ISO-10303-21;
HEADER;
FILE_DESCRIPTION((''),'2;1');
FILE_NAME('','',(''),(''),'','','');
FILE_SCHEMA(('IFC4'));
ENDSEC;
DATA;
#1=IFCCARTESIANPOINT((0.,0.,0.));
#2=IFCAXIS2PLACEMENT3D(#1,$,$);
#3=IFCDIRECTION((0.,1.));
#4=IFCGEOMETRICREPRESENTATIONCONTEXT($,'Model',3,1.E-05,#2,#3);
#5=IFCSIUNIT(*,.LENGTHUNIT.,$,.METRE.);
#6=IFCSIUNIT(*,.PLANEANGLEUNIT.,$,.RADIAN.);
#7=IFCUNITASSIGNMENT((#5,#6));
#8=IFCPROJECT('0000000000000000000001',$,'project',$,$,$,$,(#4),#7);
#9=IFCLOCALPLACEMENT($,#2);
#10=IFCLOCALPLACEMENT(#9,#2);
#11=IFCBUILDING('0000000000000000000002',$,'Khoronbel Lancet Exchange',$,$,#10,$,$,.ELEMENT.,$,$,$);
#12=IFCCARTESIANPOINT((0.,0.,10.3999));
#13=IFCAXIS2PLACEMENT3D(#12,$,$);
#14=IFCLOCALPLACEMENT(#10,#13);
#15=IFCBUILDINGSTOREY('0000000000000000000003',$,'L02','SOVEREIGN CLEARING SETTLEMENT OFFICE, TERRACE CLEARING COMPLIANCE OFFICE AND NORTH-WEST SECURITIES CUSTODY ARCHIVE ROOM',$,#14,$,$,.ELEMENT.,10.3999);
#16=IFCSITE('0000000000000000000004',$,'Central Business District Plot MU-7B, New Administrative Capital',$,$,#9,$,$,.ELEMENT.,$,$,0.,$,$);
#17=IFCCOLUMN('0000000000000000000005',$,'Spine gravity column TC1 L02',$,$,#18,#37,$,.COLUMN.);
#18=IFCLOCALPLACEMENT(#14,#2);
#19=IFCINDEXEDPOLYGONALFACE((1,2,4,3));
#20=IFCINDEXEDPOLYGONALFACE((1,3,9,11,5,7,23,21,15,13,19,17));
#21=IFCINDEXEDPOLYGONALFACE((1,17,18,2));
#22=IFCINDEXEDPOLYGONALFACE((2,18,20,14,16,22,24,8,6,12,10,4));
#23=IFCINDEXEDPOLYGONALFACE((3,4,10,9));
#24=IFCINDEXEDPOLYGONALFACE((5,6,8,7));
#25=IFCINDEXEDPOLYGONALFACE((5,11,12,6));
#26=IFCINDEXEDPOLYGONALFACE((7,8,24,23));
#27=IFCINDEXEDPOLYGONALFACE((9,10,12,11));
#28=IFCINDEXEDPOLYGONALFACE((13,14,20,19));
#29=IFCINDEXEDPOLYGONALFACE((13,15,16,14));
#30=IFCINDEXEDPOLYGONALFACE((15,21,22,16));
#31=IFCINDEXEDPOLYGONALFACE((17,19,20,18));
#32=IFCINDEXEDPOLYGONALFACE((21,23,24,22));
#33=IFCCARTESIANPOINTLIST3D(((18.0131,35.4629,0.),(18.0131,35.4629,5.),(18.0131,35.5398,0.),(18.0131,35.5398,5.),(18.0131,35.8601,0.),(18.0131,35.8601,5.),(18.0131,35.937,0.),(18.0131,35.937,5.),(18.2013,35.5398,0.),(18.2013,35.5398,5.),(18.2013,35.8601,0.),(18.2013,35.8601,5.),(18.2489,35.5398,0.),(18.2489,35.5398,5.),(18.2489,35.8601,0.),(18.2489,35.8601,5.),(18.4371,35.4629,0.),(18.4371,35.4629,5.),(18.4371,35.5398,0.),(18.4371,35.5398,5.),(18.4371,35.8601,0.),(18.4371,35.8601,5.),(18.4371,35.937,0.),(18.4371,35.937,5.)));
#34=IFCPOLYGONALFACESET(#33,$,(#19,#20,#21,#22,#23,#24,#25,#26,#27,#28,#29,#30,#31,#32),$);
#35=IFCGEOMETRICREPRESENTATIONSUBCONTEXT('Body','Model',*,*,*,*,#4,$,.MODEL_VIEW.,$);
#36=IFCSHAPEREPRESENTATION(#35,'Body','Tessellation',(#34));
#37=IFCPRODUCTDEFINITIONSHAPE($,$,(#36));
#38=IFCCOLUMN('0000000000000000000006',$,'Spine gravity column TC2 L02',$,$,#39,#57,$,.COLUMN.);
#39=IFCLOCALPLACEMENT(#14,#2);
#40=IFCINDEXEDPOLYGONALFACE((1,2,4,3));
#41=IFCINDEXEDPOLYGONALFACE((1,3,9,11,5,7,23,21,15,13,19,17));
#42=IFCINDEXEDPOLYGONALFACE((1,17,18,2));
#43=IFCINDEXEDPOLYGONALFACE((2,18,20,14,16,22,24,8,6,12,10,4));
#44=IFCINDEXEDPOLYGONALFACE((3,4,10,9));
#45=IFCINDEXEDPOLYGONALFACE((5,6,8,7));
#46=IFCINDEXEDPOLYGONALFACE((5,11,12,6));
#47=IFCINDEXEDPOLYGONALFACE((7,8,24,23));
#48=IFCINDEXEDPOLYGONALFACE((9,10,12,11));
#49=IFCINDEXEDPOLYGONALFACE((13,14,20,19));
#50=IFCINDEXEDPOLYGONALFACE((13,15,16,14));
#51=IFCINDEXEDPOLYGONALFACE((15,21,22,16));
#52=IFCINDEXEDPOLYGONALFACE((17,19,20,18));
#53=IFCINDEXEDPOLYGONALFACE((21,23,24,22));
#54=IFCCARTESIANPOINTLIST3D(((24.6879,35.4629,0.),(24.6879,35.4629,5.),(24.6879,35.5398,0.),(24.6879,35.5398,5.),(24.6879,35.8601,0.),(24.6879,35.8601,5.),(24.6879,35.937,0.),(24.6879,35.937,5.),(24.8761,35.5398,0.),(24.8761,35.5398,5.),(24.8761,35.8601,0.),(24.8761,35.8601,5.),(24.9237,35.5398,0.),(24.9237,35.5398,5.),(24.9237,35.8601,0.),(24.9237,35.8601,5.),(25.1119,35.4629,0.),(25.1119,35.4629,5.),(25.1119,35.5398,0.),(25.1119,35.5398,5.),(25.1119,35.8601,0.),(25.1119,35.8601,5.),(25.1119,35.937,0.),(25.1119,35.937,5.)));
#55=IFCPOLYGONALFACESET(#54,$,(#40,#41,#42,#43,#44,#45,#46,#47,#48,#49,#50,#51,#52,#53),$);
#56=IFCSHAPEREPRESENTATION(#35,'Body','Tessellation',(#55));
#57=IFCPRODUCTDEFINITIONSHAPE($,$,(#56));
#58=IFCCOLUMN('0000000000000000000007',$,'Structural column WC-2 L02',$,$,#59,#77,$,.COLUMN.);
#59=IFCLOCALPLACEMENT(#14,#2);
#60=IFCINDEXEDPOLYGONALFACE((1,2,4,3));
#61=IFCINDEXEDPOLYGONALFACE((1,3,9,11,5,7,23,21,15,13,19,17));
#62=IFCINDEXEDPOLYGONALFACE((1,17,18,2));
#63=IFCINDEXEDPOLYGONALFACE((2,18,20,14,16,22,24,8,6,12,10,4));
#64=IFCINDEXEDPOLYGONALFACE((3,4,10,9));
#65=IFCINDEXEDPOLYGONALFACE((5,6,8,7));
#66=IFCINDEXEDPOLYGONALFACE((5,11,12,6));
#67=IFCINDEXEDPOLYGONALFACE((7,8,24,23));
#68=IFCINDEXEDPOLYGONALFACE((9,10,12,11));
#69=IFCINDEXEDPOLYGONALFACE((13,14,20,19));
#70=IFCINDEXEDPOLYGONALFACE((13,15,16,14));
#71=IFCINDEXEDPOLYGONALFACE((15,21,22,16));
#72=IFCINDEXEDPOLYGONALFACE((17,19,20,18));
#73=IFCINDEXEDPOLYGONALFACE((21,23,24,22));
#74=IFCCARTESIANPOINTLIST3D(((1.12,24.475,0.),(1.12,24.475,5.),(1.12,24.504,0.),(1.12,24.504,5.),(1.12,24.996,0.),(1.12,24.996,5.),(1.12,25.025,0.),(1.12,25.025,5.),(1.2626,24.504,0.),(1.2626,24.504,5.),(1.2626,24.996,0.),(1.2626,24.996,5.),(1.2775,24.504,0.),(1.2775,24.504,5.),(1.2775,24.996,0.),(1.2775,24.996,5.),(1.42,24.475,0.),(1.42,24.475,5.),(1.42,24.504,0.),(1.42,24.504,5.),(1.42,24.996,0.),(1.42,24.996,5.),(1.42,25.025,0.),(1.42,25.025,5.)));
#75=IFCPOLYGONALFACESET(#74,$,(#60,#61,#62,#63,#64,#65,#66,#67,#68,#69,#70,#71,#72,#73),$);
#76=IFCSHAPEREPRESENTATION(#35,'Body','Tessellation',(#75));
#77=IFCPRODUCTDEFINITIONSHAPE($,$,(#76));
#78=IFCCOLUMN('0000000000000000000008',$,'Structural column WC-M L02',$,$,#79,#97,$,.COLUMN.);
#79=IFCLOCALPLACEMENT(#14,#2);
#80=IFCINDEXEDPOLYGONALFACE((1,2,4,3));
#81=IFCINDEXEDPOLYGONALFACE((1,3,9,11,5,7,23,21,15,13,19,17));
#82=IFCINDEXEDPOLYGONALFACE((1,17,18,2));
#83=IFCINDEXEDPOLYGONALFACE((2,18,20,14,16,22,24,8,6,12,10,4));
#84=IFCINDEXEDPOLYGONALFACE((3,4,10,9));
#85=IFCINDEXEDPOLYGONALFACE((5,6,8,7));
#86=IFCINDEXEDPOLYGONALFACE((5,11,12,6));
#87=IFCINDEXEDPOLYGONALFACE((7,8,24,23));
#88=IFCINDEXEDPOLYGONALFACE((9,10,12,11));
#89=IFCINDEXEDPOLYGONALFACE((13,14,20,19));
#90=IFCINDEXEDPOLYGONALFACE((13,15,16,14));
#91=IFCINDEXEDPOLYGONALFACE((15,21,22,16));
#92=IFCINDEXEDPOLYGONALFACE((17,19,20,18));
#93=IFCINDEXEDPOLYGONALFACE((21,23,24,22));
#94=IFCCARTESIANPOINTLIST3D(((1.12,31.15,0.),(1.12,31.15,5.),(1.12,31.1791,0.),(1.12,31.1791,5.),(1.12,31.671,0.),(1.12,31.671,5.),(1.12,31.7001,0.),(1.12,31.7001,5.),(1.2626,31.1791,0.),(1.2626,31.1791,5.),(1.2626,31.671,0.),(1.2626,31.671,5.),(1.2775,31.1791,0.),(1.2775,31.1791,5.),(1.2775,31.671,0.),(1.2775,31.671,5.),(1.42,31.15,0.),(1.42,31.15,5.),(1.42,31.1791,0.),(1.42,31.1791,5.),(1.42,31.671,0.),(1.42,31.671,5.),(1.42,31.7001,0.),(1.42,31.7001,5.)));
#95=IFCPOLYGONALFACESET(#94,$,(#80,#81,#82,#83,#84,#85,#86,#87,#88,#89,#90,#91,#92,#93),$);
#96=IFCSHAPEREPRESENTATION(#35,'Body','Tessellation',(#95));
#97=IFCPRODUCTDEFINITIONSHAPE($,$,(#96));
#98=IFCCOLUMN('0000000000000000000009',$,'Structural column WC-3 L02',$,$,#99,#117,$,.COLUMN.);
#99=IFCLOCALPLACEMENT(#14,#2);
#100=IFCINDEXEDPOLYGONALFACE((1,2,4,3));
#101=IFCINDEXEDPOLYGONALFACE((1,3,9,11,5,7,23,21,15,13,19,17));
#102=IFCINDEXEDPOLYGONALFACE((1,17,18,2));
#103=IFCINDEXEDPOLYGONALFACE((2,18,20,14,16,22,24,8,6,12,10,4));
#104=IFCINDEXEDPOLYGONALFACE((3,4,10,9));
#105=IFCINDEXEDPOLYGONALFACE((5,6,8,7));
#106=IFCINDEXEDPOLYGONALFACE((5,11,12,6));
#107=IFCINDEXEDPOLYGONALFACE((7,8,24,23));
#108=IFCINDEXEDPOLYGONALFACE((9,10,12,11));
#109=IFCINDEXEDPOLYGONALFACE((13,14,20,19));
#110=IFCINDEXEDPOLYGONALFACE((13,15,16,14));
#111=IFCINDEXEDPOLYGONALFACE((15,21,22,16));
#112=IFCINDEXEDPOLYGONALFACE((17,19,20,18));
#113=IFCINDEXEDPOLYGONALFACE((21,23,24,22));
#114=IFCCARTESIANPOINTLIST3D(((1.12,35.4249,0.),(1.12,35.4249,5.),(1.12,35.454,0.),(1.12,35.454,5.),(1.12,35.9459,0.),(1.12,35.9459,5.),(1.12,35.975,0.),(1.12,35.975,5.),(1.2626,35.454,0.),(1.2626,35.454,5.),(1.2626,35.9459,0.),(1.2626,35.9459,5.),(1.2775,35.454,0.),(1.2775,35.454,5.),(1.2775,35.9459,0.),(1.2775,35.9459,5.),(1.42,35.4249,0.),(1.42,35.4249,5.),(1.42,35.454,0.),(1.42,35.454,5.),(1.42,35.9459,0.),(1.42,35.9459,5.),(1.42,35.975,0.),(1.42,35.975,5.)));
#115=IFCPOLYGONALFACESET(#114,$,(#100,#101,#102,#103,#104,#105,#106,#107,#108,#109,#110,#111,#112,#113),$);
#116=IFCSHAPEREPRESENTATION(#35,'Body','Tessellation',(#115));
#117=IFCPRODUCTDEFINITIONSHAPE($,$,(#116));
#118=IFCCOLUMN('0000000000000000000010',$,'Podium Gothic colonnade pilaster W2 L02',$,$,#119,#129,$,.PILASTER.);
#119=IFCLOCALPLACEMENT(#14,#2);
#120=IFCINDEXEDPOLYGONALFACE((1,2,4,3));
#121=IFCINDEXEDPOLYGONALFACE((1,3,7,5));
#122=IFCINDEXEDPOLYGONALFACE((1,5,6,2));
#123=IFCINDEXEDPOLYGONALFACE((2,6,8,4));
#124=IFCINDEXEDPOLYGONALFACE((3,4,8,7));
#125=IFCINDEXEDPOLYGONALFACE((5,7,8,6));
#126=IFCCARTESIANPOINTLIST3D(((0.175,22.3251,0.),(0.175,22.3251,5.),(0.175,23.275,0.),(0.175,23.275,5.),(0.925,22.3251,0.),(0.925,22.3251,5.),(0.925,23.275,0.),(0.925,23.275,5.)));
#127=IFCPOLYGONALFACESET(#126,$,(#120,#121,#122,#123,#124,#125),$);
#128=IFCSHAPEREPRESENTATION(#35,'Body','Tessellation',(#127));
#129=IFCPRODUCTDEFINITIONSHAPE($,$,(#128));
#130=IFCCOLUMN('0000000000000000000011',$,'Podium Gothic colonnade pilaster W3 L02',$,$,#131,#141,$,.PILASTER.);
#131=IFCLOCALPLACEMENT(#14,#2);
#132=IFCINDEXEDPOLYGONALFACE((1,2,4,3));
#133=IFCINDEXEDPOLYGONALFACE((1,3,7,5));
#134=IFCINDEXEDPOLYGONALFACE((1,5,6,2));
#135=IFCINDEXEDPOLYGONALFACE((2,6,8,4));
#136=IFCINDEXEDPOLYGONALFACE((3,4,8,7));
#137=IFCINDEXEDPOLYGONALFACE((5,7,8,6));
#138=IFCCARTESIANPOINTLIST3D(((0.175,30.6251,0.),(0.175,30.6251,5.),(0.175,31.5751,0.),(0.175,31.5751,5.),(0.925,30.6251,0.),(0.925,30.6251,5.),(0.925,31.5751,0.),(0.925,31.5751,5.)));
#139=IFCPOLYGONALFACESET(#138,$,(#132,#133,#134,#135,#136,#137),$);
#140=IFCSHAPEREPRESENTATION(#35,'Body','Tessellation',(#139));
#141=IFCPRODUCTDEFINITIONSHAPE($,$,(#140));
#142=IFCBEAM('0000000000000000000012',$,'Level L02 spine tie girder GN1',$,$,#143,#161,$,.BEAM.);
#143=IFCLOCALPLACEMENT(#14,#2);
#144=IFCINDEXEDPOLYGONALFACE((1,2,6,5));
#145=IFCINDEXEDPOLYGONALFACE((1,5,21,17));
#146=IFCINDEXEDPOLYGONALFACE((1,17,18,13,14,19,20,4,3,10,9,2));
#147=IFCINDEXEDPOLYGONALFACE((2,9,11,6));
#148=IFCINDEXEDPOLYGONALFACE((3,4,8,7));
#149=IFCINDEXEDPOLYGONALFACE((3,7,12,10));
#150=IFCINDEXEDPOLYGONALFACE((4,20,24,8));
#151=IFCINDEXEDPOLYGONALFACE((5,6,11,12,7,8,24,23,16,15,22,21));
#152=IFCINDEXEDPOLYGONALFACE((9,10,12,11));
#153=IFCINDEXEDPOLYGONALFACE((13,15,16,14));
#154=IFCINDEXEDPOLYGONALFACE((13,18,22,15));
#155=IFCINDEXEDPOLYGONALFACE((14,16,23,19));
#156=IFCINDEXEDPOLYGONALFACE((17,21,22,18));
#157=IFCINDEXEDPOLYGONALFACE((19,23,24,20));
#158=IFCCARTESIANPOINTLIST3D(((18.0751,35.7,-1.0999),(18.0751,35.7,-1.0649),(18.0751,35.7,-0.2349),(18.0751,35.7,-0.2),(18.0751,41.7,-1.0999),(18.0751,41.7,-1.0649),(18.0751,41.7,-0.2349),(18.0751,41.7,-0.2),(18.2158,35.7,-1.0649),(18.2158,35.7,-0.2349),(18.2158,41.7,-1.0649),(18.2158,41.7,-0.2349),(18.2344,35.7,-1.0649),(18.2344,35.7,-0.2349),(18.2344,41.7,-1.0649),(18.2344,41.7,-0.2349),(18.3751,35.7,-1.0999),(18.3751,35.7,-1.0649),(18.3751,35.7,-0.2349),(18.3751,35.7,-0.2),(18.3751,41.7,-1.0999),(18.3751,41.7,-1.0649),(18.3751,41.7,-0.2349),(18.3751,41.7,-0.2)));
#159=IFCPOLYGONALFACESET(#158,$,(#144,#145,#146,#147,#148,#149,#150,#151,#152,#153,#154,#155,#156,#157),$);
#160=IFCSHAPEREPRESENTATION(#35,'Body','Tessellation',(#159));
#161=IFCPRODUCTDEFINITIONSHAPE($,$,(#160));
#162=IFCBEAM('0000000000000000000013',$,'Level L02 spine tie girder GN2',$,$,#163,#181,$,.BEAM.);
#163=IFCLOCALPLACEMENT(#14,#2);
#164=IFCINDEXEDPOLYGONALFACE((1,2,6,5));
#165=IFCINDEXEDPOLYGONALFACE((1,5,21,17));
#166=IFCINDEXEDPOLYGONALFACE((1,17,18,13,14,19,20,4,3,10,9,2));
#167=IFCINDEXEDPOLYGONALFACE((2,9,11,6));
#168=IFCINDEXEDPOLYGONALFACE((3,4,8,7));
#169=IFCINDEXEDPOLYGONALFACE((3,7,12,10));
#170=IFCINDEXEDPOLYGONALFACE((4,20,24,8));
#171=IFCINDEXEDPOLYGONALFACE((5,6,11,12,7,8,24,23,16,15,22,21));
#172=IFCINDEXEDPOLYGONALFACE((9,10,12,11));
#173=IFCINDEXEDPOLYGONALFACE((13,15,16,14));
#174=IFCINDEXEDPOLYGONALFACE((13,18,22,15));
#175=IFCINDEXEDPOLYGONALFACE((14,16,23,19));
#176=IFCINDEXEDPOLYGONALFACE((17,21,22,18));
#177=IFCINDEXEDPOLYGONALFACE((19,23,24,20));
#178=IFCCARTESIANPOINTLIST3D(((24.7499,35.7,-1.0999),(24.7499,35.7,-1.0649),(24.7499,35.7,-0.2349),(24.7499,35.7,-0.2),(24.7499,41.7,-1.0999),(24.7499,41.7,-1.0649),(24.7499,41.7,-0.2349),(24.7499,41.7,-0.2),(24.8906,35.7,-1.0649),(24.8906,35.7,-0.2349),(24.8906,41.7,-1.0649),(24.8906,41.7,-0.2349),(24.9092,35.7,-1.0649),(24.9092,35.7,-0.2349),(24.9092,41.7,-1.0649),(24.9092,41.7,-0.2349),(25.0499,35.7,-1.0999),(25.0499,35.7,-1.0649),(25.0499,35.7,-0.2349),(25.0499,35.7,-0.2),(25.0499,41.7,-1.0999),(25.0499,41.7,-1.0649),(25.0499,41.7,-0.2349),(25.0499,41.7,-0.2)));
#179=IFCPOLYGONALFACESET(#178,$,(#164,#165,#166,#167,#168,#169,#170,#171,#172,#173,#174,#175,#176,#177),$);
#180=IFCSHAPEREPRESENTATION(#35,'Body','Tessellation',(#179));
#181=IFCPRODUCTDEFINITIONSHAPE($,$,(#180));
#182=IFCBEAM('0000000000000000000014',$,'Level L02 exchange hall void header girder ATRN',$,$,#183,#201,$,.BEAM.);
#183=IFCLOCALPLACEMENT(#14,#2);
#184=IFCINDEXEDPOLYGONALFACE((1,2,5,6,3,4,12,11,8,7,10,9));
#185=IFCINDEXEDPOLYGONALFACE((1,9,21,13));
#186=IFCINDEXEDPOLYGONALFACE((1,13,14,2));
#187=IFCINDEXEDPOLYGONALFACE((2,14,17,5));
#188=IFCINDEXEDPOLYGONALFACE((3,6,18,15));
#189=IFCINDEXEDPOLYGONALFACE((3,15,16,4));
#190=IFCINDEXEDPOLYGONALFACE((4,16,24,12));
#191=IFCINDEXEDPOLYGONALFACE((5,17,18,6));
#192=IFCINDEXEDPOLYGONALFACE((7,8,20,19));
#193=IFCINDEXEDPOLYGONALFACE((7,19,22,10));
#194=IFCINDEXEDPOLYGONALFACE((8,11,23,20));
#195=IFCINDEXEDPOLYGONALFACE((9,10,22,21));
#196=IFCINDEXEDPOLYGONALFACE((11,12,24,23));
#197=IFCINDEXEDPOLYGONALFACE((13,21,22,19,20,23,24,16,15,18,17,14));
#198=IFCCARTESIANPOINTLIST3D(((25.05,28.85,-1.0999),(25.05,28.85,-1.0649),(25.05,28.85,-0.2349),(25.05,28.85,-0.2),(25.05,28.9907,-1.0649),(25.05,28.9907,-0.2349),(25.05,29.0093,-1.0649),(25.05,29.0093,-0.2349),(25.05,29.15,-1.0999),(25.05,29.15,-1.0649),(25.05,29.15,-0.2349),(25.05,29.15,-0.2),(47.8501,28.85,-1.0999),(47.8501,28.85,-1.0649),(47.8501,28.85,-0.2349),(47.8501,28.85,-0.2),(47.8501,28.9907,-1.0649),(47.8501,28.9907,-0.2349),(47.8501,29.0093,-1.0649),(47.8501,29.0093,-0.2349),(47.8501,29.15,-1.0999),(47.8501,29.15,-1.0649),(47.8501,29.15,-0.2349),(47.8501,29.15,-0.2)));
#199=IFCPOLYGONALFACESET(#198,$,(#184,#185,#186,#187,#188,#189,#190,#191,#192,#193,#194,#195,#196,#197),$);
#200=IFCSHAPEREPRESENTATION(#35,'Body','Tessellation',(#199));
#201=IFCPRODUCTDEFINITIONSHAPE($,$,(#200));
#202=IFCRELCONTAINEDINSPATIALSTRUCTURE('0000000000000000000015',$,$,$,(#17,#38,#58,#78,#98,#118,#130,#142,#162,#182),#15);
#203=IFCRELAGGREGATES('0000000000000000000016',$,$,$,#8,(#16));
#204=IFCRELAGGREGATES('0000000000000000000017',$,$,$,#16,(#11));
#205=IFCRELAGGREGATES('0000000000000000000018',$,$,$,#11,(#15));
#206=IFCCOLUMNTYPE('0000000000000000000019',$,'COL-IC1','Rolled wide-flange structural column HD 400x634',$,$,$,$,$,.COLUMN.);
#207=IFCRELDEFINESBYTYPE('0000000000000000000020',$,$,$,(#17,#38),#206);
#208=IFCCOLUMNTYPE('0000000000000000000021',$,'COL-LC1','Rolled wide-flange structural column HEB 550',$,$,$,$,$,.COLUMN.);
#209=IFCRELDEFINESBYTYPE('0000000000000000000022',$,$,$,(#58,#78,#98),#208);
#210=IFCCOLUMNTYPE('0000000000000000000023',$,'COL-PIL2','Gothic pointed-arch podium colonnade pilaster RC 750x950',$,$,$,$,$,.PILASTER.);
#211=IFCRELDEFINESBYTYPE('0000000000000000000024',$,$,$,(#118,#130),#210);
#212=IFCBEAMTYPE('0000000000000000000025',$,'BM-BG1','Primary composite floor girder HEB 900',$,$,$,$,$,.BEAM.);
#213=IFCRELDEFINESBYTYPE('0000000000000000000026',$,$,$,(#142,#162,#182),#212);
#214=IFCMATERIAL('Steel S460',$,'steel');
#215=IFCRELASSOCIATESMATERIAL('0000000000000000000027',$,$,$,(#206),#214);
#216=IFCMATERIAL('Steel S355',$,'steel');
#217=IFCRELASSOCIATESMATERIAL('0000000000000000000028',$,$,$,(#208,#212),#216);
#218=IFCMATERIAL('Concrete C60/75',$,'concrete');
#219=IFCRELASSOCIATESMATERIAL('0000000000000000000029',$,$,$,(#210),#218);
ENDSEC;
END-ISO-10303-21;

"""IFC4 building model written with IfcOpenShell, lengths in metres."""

from ifc_helpers import new_model, si_unit, direction, frame, origin, origin_2d, place, context, subcontext, project, spatial, rectangle, i_section, extrude, material, material_profile, profile_set, type_object, element, save


model = new_model("IFC4")

# Units and contexts
model_context = context("Model", 3, precision=1e-05, world=origin(), true_north=direction((0.0, 1.0)))
body_context = subcontext(model_context, "Body", "Model", "MODEL_VIEW")
ifc_project = project(units=[si_unit("LENGTHUNIT", "METRE"), si_unit("PLANEANGLEUNIT", "RADIAN")], contexts=[model_context])

# Site, building, storey
site_placement = place(None, origin())
site = spatial("IfcSite", under=ifc_project, at=site_placement, Name="Central Business District Plot MU-7B, New Administrative Capital", CompositionType="ELEMENT", RefElevation=0.0)
building_placement = place(site_placement, origin())
building = spatial("IfcBuilding", under=site, at=building_placement, Name="Khoronbel Lancet Exchange", CompositionType="ELEMENT")
storey_placement = place(building_placement, frame((0.0, 0.0, 10.3999)))
storey = spatial("IfcBuildingStorey", under=building, at=storey_placement, Name="L02", Description="SOVEREIGN CLEARING SETTLEMENT OFFICE, TERRACE CLEARING COMPLIANCE OFFICE AND NORTH-WEST SECURITIES CUSTODY ARCHIVE ROOM", CompositionType="ELEMENT", Elevation=10.3999)

# Columns
ifc_material_1 = material(Name="Steel S460", Category="steel")
ifc_material_profile_1 = material_profile(ifc_material_1, i_section(OverallWidth=0.4241, OverallDepth=0.4741, WebThickness=0.0476, FlangeThickness=0.0769, at=origin_2d()), Name="HD 400x634")
ifc_profile_set_1 = profile_set([ifc_material_profile_1], Name="Steel S460")
column_type_1 = type_object("IfcColumnType", Name="COL-IC1", Description="Rolled wide-flange structural column HD 400x634", PredefinedType="COLUMN", material=ifc_profile_set_1)
for number, where, z_axis, x_axis, name in (
    (1, (18.2251, 35.7, 0.0), (0.0, 0.0, 1.0), (1.0, 0.0, 0.0), "Spine gravity column TC1 L02"),
    (2, (24.8999, 35.7, 0.0), (0.0, 0.0, 1.0), (1.0, 0.0, 0.0), "Spine gravity column TC2 L02"),
):
    element("IfcColumn", number, at=place(storey_placement, frame(where, z_axis=z_axis, x_axis=x_axis)), inside=storey, type_object=column_type_1, Name=name, PredefinedType="COLUMN", context=body_context, shape_type="SweptSolid", body=[
        extrude(i_section(OverallWidth=0.4241, OverallDepth=0.4741, WebThickness=0.0476, FlangeThickness=0.0769, at=origin_2d()), origin(), (0.0, 0.0, 1.0), 5.0),
    ])
ifc_material_2 = material(Name="Steel S355", Category="steel")
ifc_material_profile_2 = material_profile(ifc_material_2, i_section(OverallWidth=0.3, OverallDepth=0.55, WebThickness=0.0149, FlangeThickness=0.0291, at=origin_2d()), Name="HEB 550")
ifc_profile_set_2 = profile_set([ifc_material_profile_2], Name="Steel S355")
column_type_2 = type_object("IfcColumnType", Name="COL-LC1", Description="Rolled wide-flange structural column HEB 550", PredefinedType="COLUMN", material=ifc_profile_set_2)
for number, where, z_axis, x_axis, name in (
    (3, (1.27, 24.75, 0.0), (0.0, 0.0, 1.0), (1.0, 0.0, 0.0), "Structural column WC-2 L02"),
    (4, (1.27, 31.425, 0.0), (0.0, 0.0, 1.0), (1.0, 0.0, 0.0), "Structural column WC-M L02"),
    (5, (1.27, 35.7, 0.0), (0.0, 0.0, 1.0), (1.0, 0.0, 0.0), "Structural column WC-3 L02"),
):
    element("IfcColumn", number, at=place(storey_placement, frame(where, z_axis=z_axis, x_axis=x_axis)), inside=storey, type_object=column_type_2, Name=name, PredefinedType="COLUMN", context=body_context, shape_type="SweptSolid", body=[
        extrude(i_section(OverallWidth=0.3, OverallDepth=0.55, WebThickness=0.0149, FlangeThickness=0.0291, at=origin_2d()), origin(), (0.0, 0.0, 1.0), 5.0),
    ])
ifc_material_3 = material(Name="Concrete C60/75", Category="concrete")
ifc_material_profile_3 = material_profile(ifc_material_3, rectangle(XDim=0.75, YDim=0.95, at=origin_2d()), Name="RC 750x950")
ifc_profile_set_3 = profile_set([ifc_material_profile_3], Name="Concrete C60/75")
column_type_3 = type_object("IfcColumnType", Name="COL-PIL2", Description="Gothic pointed-arch podium colonnade pilaster RC 750x950", PredefinedType="PILASTER", material=ifc_profile_set_3)
for number, where, z_axis, x_axis, name in (
    (6, (0.55, 22.8, 0.0), (0.0, 0.0, 1.0), (1.0, 0.0, 0.0), "Podium Gothic colonnade pilaster W2 L02"),
    (7, (0.55, 31.1001, 0.0), (0.0, 0.0, 1.0), (1.0, 0.0, 0.0), "Podium Gothic colonnade pilaster W3 L02"),
):
    element("IfcColumn", number, at=place(storey_placement, frame(where, z_axis=z_axis, x_axis=x_axis)), inside=storey, type_object=column_type_3, Name=name, PredefinedType="PILASTER", context=body_context, shape_type="SweptSolid", body=[
        extrude(rectangle(XDim=0.75, YDim=0.95, at=origin_2d()), origin(), (0.0, 0.0, 1.0), 5.0),
    ])

# Beams
ifc_material_profile_4 = material_profile(ifc_material_2, i_section(OverallWidth=0.3, OverallDepth=0.8999, WebThickness=0.0186, FlangeThickness=0.0349, at=origin_2d()), Name="HEB 900")
ifc_profile_set_4 = profile_set([ifc_material_profile_4], Name="Steel S355")
beam_type_1 = type_object("IfcBeamType", Name="BM-BG1", Description="Primary composite floor girder HEB 900", PredefinedType="BEAM", material=ifc_profile_set_4)
for number, where, z_axis, x_axis, name in (
    (8, (18.2251, 35.7, -0.6499), (0.0, 1.0, 0.0), (-1.0, 0.0, 0.0), "Level L02 spine tie girder GN1"),
    (9, (24.8999, 35.7, -0.6499), (0.0, 1.0, 0.0), (-1.0, 0.0, 0.0), "Level L02 spine tie girder GN2"),
):
    element("IfcBeam", number, at=place(storey_placement, frame(where, z_axis=z_axis, x_axis=x_axis)), inside=storey, type_object=beam_type_1, Name=name, PredefinedType="BEAM", context=body_context, shape_type="SweptSolid", body=[
        extrude(i_section(OverallWidth=0.3, OverallDepth=0.8999, WebThickness=0.0186, FlangeThickness=0.0349, at=origin_2d()), origin(), (0.0, 0.0, 1.0), 6.0),
    ])
beam_1_placement = place(storey_placement, frame((25.05, 29.0, -0.6499), z_axis=(1.0, 0.0, 0.0), x_axis=(0.0, 1.0, 0.0)))
element("IfcBeam", 10, at=beam_1_placement, inside=storey, type_object=beam_type_1, Name="Level L02 exchange hall void header girder ATRN", PredefinedType="BEAM", context=body_context, shape_type="SweptSolid", body=[
    extrude(i_section(OverallWidth=0.3, OverallDepth=0.8999, WebThickness=0.0186, FlangeThickness=0.0349, at=origin_2d()), origin(), (0.0, 0.0, 1.0), 22.8),
])

save(model, "model.ifc")
